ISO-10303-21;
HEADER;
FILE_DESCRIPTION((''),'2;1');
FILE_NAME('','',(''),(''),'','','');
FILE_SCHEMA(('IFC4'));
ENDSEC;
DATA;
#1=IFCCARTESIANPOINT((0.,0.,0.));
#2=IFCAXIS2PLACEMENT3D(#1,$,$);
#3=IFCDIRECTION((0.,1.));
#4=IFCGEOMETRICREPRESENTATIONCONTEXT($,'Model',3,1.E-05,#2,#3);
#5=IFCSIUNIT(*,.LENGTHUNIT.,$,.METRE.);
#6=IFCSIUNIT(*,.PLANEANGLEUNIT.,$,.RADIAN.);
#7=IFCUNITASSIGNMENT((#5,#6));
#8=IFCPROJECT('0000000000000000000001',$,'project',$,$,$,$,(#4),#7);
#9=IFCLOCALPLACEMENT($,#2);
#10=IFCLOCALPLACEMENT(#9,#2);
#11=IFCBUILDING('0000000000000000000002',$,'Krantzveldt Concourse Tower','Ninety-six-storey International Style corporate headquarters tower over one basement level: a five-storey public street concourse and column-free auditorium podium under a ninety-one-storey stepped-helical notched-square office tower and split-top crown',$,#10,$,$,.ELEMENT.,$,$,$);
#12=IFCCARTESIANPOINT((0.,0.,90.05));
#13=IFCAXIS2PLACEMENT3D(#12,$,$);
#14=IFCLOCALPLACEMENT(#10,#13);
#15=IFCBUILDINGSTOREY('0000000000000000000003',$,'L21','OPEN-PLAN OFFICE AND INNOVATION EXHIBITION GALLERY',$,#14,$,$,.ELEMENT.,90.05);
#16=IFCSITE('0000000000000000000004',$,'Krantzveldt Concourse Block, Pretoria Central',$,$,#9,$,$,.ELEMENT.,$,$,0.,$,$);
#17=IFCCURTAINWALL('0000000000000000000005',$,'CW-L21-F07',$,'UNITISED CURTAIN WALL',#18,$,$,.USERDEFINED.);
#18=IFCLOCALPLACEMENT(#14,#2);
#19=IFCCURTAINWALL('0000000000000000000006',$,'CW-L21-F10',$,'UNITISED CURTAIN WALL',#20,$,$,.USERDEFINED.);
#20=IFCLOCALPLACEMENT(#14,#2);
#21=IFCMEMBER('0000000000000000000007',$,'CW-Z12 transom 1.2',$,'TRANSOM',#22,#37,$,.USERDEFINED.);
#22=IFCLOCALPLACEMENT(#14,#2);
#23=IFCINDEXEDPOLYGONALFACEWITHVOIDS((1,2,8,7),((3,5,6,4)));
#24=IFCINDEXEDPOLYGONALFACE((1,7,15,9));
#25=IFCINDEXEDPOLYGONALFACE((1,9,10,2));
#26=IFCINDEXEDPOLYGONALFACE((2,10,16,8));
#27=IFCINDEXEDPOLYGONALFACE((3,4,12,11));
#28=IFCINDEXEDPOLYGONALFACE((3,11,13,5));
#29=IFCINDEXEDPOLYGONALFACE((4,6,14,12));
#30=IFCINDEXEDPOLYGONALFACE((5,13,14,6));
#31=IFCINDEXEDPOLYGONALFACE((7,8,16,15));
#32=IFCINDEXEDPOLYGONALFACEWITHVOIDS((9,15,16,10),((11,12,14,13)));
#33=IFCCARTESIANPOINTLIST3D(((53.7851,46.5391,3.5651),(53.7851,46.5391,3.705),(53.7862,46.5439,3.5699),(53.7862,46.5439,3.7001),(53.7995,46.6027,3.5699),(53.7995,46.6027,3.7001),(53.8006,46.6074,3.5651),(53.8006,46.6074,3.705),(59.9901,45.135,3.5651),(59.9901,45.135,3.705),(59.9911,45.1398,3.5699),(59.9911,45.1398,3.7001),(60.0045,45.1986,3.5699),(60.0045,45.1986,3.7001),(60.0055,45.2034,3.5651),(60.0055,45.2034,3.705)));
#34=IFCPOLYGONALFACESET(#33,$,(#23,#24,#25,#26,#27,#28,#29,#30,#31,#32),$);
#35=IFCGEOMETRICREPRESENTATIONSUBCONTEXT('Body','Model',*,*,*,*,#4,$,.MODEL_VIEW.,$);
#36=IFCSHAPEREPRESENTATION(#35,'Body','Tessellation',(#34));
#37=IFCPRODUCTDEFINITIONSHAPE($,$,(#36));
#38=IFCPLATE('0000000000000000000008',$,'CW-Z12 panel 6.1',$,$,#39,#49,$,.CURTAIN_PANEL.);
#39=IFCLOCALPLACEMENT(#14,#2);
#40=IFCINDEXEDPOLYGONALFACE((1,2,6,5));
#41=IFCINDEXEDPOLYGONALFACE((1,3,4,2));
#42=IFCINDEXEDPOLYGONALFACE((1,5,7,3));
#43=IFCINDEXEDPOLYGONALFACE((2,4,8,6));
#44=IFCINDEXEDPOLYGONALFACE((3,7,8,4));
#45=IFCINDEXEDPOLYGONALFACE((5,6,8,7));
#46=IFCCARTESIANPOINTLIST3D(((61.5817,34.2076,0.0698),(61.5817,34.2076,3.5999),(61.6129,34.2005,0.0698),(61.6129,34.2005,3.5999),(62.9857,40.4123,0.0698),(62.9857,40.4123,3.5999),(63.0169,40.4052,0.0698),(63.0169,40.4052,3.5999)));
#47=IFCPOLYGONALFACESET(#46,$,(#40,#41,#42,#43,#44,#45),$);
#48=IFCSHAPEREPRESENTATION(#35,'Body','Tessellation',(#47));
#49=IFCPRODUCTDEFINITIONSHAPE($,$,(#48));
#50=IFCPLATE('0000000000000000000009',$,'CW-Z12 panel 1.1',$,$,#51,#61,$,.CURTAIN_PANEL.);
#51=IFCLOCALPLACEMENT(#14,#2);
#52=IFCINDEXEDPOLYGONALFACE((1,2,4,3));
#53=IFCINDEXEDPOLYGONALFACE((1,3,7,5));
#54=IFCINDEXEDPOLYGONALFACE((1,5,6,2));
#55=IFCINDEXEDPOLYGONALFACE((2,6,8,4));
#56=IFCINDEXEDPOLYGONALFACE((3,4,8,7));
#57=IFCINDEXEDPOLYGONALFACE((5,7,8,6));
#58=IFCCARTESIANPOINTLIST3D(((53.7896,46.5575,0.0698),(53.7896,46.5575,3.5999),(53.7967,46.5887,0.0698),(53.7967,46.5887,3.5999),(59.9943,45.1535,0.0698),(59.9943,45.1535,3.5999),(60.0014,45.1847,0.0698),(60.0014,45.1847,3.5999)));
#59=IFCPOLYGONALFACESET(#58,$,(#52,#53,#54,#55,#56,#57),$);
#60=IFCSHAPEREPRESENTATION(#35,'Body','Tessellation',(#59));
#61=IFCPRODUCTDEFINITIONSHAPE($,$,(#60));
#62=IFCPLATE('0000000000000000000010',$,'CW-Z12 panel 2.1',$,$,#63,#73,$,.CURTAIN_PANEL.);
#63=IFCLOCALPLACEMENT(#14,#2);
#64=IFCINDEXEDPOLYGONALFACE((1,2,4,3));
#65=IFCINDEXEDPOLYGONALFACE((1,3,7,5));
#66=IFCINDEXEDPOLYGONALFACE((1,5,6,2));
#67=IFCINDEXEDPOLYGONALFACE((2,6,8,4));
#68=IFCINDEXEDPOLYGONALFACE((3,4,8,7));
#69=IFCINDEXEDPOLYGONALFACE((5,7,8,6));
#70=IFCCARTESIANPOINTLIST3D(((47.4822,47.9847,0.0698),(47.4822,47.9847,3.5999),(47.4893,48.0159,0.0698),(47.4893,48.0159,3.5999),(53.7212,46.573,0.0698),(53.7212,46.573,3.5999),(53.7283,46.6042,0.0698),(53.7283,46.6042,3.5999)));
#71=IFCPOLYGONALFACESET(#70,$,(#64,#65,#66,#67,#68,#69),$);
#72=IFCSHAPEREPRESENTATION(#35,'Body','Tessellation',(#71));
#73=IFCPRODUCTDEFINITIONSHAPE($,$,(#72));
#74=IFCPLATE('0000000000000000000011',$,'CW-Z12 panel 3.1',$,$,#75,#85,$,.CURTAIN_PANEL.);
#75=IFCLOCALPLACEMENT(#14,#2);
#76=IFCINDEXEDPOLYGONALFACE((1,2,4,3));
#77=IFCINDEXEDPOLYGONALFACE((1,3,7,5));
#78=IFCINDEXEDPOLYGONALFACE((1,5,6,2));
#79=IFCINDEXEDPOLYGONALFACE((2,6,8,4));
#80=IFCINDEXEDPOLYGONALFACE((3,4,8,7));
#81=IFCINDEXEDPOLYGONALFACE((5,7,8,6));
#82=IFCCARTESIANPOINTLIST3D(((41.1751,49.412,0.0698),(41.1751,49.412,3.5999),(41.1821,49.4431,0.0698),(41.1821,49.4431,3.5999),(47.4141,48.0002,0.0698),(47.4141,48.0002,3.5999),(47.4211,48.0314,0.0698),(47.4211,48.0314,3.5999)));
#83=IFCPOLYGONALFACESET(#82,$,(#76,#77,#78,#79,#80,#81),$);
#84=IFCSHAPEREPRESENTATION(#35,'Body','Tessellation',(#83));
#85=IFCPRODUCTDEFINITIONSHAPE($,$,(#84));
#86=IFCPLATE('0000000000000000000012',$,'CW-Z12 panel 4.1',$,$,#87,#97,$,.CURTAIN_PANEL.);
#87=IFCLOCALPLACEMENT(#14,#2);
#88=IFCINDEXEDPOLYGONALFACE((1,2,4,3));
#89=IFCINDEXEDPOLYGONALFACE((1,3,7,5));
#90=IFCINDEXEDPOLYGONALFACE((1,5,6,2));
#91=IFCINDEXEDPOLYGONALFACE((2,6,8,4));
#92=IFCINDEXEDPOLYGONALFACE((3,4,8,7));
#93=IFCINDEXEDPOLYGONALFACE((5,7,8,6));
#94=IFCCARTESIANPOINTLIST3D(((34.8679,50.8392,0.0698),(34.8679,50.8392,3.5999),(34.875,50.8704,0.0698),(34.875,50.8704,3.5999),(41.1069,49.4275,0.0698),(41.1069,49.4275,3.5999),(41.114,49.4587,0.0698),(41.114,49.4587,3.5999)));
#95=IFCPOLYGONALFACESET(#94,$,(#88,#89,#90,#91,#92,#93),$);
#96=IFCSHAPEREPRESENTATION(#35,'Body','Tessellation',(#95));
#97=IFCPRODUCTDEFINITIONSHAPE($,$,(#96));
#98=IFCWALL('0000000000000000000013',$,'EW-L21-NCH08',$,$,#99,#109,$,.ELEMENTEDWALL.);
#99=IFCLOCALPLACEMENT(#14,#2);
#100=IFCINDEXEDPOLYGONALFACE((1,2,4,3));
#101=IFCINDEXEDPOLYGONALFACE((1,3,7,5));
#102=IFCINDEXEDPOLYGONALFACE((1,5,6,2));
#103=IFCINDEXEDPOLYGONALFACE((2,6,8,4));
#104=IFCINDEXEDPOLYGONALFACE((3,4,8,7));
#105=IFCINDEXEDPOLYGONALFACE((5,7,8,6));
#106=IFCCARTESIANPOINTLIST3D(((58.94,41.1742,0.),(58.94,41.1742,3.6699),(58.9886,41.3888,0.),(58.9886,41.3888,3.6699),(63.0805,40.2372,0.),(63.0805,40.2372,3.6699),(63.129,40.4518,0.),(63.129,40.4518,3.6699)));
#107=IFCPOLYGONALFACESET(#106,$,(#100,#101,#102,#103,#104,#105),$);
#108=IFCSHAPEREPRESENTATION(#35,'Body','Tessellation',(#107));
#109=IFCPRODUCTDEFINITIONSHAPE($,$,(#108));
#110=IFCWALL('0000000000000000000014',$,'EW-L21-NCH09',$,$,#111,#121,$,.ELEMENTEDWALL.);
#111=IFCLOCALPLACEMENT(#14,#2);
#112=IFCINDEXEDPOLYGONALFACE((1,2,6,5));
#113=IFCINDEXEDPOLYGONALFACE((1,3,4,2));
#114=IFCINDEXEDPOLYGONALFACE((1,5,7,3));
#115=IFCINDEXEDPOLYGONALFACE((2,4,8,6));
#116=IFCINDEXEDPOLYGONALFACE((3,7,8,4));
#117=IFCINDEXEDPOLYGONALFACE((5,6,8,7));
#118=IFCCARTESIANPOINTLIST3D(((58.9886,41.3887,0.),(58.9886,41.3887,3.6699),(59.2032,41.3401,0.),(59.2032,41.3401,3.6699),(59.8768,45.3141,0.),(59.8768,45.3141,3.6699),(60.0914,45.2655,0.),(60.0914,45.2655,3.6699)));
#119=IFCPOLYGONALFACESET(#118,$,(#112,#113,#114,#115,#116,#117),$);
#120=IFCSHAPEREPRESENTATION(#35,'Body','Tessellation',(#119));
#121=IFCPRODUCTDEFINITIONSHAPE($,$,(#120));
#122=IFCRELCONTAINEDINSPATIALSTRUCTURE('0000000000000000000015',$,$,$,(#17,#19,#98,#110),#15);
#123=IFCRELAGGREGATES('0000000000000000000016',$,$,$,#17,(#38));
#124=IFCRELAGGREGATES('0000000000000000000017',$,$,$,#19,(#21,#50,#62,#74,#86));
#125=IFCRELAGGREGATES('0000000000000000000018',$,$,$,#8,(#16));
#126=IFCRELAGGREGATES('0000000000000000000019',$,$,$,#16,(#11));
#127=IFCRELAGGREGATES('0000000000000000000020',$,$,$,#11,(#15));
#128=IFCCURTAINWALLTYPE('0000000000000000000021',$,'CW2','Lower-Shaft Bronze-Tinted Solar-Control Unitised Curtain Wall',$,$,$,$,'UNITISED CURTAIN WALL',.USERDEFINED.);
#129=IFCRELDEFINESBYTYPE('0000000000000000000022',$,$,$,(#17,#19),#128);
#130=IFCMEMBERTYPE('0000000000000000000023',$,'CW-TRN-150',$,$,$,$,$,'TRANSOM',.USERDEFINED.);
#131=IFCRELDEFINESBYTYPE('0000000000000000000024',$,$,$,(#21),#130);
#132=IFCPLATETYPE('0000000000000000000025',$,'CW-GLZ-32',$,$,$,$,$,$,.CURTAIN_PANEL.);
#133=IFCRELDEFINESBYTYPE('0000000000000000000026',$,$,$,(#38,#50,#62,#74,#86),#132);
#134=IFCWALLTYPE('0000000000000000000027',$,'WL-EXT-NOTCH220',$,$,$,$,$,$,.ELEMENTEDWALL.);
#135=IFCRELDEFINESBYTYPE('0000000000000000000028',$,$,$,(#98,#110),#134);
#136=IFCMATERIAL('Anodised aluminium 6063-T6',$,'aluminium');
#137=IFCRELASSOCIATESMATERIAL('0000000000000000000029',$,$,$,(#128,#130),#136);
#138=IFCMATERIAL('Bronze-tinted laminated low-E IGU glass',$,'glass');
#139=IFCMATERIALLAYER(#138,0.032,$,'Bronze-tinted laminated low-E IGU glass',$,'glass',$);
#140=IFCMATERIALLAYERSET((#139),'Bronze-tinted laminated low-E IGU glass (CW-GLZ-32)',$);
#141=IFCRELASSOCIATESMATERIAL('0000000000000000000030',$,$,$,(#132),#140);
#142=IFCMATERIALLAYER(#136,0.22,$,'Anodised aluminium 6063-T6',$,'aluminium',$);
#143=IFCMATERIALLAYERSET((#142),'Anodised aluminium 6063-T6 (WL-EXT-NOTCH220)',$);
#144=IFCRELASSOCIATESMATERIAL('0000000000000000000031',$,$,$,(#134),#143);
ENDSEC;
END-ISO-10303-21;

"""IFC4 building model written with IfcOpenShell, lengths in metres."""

from ifc_helpers import new_model, si_unit, direction, frame, frame_2d, origin, origin_2d, place, context, subcontext, project, spatial, rectangle, hollow_rectangle, extrude, source, transform, mapped, material, layer, layer_set, material_profile, profile_set, type_object, type_shapes, element, aggregate, save


model = new_model("IFC4")

# Units and contexts
model_context = context("Model", 3, precision=1e-05, world=origin(), true_north=direction((0.0, 1.0)))
body_context = subcontext(model_context, "Body", "Model", "MODEL_VIEW")
ifc_project = project(units=[si_unit("LENGTHUNIT", "METRE"), si_unit("PLANEANGLEUNIT", "RADIAN")], contexts=[model_context])

# Site, building, storey
site_placement = place(None, origin())
site = spatial("IfcSite", under=ifc_project, at=site_placement, Name="Krantzveldt Concourse Block, Pretoria Central", CompositionType="ELEMENT", RefElevation=0.0)
building_placement = place(site_placement, origin())
building = spatial("IfcBuilding", under=site, at=building_placement, Name="Krantzveldt Concourse Tower", Description="Ninety-six-storey International Style corporate headquarters tower over one basement level: a five-storey public street concourse and column-free auditorium podium under a ninety-one-storey stepped-helical notched-square office tower and split-top crown", CompositionType="ELEMENT")
storey_placement = place(building_placement, frame((0.0, 0.0, 90.05)))
storey = spatial("IfcBuildingStorey", under=building, at=storey_placement, Name="L21", Description="OPEN-PLAN OFFICE AND INNOVATION EXHIBITION GALLERY", CompositionType="ELEMENT", Elevation=90.05)

# Curtain wall
ifc_material_1 = material(Name="Anodised aluminium 6063-T6", Category="aluminium")
curtain_wall_type = type_object("IfcCurtainWallType", Name="CW2", Description="Lower-Shaft Bronze-Tinted Solar-Control Unitised Curtain Wall", ElementType="UNITISED CURTAIN WALL", PredefinedType="USERDEFINED", material=ifc_material_1)
curtain_wall_1_placement = place(storey_placement, origin())
curtain_wall_1 = element("IfcCurtainWall", 1, at=curtain_wall_1_placement, inside=storey, type_object=curtain_wall_type, Name="CW-L21-F07", ObjectType="UNITISED CURTAIN WALL", PredefinedType="USERDEFINED")

# Curtain wall, member
curtain_wall_2_placement = place(storey_placement, origin())
curtain_wall_2 = element("IfcCurtainWall", 2, at=curtain_wall_2_placement, inside=storey, type_object=curtain_wall_type, Name="CW-L21-F10", ObjectType="UNITISED CURTAIN WALL", PredefinedType="USERDEFINED")
ifc_material_profile_1 = material_profile(ifc_material_1, hollow_rectangle(XDim=0.0701, YDim=0.1399, WallThickness=0.0049, at=origin_2d()), Name="Anodised aluminium 6063-T6", Category="aluminium")
ifc_profile_set_1 = profile_set([ifc_material_profile_1], Name="Anodised aluminium 6063-T6 - ALU-TRAN 140x70x5")
member_type_1 = type_object("IfcMemberType", Name="CW-TRN-150", ElementType="TRANSOM", PredefinedType="USERDEFINED", material=ifc_profile_set_1)
shared_shape_1 = source(origin(), body_context, "Body", "SweptSolid", [
    extrude(hollow_rectangle(XDim=0.0701, YDim=0.1399, WallThickness=0.0049, at=origin_2d()), origin(), (0.0, 0.0, 1.0), 6.3618),
])
member_1_placement = place(storey_placement, frame((59.9978, 45.1692, 3.635), z_axis=(-0.975341, 0.220704, 0.0), x_axis=(-0.220704, -0.975341, 0.0)))
member_1 = element("IfcMember", 3, at=member_1_placement, type_object=member_type_1, Name="CW-Z12 transom 1.2", ObjectType="TRANSOM", PredefinedType="USERDEFINED", context=body_context, shape_type="MappedRepresentation", body=[
    mapped(shared_shape_1, transform((0.0, 0.0, 0.0), x_axis=(1.0, 0.0, 0.0), y_axis=(0.0, 1.0, 0.0), z_axis=(0.0, 0.0, 1.0), scale=1.0)),
])

# Plates
ifc_material_2 = material(Name="Bronze-tinted laminated low-E IGU glass", Category="glass")
ifc_layer_1 = layer(ifc_material_2, 0.032, Name="Bronze-tinted laminated low-E IGU glass", Category="glass")
ifc_layer_set_1 = layer_set([ifc_layer_1], Name="Bronze-tinted laminated low-E IGU glass (CW-GLZ-32)")
plate_type = type_object("IfcPlateType", Name="CW-GLZ-32", PredefinedType="CURTAIN_PANEL", material=ifc_layer_set_1)
shared_shape_2 = source(origin(), body_context, "Body", "SweptSolid", [
    extrude(rectangle(XDim=6.3616, YDim=0.032, at=origin_2d()), origin(), (0.0, 0.0, 1.0), 3.53),
])
plate_1_placement = place(storey_placement, frame((62.2993, 37.3064, 0.0698), z_axis=(0.0, 0.0, 1.0), x_axis=(0.220697, 0.975342, 0.0)))
plate_1 = element("IfcPlate", 4, at=plate_1_placement, type_object=plate_type, Name="CW-Z12 panel 6.1", PredefinedType="CURTAIN_PANEL", context=body_context, shape_type="MappedRepresentation", body=[
    mapped(shared_shape_2, transform((0.0, 0.0, 0.0), x_axis=(1.0, 0.0, 0.0), y_axis=(0.0, 1.0, 0.0), z_axis=(0.0, 0.0, 1.0), scale=1.0)),
])
aggregate(curtain_wall_1, [plate_1])
plate_2_placement = place(storey_placement, frame((56.8955, 45.8711, 0.0698), z_axis=(0.0, 0.0, 1.0), x_axis=(-0.975342, 0.220697, 0.0)))
plate_2 = element("IfcPlate", 5, at=plate_2_placement, type_object=plate_type, Name="CW-Z12 panel 1.1", PredefinedType="CURTAIN_PANEL", context=body_context, shape_type="MappedRepresentation", body=[
    mapped(shared_shape_2, transform((0.0, 0.0, 0.0), x_axis=(1.0, 0.0, 0.0), y_axis=(0.0, 1.0, 0.0), z_axis=(0.0, 0.0, 1.0), scale=1.0)),
])
shared_shape_3 = source(origin(), body_context, "Body", "SweptSolid", [
    extrude(rectangle(XDim=6.3967, YDim=0.032, at=origin_2d()), origin(), (0.0, 0.0, 1.0), 3.53),
])
type_shapes(plate_type, [shared_shape_2, shared_shape_3])
plate_3_placement = place(storey_placement, frame((50.6052, 47.2944, 0.0698), z_axis=(0.0, 0.0, 1.0), x_axis=(-0.975342, 0.220697, 0.0)))
plate_3 = element("IfcPlate", 6, at=plate_3_placement, type_object=plate_type, Name="CW-Z12 panel 2.1", PredefinedType="CURTAIN_PANEL", context=body_context, shape_type="MappedRepresentation", body=[
    mapped(shared_shape_3, transform((0.0, 0.0, 0.0), x_axis=(1.0, 0.0, 0.0), y_axis=(0.0, 1.0, 0.0), z_axis=(0.0, 0.0, 1.0), scale=1.0)),
])
plate_4_placement = place(storey_placement, frame((44.2981, 48.7217, 0.0698), z_axis=(0.0, 0.0, 1.0), x_axis=(-0.975342, 0.220697, 0.0)))
plate_4 = element("IfcPlate", 7, at=plate_4_placement, type_object=plate_type, Name="CW-Z12 panel 3.1", PredefinedType="CURTAIN_PANEL", context=body_context, shape_type="MappedRepresentation", body=[
    mapped(shared_shape_3, transform((0.0, 0.0, 0.0), x_axis=(1.0, 0.0, 0.0), y_axis=(0.0, 1.0, 0.0), z_axis=(0.0, 0.0, 1.0), scale=1.0)),
])
plate_5_placement = place(storey_placement, frame((37.991, 50.1489, 0.0698), z_axis=(0.0, 0.0, 1.0), x_axis=(-0.975342, 0.220697, 0.0)))
plate_5 = element("IfcPlate", 8, at=plate_5_placement, type_object=plate_type, Name="CW-Z12 panel 4.1", PredefinedType="CURTAIN_PANEL", context=body_context, shape_type="MappedRepresentation", body=[
    mapped(shared_shape_3, transform((0.0, 0.0, 0.0), x_axis=(1.0, 0.0, 0.0), y_axis=(0.0, 1.0, 0.0), z_axis=(0.0, 0.0, 1.0), scale=1.0)),
])
aggregate(curtain_wall_2, [member_1, plate_2, plate_3, plate_4, plate_5])

# Walls
ifc_layer_2 = layer(ifc_material_1, 0.22, Name="Anodised aluminium 6063-T6", Category="aluminium")
ifc_layer_set_2 = layer_set([ifc_layer_2], Name="Anodised aluminium 6063-T6 (WL-EXT-NOTCH220)")
wall_type = type_object("IfcWallType", Name="WL-EXT-NOTCH220", PredefinedType="ELEMENTEDWALL", material=ifc_layer_set_2)
wall_1_placement = place(storey_placement, frame((63.1047, 40.3445, 0.0), z_axis=(0.0, 0.0, 1.0), x_axis=(-0.975335, 0.220729, 0.0)))
element("IfcWall", 9, at=wall_1_placement, inside=storey, type_object=wall_type, Name="EW-L21-NCH08", PredefinedType="ELEMENTEDWALL", context=body_context, shape_type="SweptSolid", body=[
    extrude(rectangle(XDim=4.2451, YDim=0.22, at=frame_2d((2.1226, 0.0))), origin(), (0.0, 0.0, 1.0), 3.6699),
])
wall_2_placement = place(storey_placement, frame((59.0959, 41.3645, 0.0), z_axis=(0.0, 0.0, 1.0), x_axis=(0.22068, 0.975346, 0.0)))
element("IfcWall", 10, at=wall_2_placement, inside=storey, type_object=wall_type, Name="EW-L21-NCH09", PredefinedType="ELEMENTEDWALL", context=body_context, shape_type="SweptSolid", body=[
    extrude(rectangle(XDim=4.0247, YDim=0.22, at=frame_2d((2.0122, 0.0))), origin(), (0.0, 0.0, 1.0), 3.6699),
])

save(model, "model.ifc")
